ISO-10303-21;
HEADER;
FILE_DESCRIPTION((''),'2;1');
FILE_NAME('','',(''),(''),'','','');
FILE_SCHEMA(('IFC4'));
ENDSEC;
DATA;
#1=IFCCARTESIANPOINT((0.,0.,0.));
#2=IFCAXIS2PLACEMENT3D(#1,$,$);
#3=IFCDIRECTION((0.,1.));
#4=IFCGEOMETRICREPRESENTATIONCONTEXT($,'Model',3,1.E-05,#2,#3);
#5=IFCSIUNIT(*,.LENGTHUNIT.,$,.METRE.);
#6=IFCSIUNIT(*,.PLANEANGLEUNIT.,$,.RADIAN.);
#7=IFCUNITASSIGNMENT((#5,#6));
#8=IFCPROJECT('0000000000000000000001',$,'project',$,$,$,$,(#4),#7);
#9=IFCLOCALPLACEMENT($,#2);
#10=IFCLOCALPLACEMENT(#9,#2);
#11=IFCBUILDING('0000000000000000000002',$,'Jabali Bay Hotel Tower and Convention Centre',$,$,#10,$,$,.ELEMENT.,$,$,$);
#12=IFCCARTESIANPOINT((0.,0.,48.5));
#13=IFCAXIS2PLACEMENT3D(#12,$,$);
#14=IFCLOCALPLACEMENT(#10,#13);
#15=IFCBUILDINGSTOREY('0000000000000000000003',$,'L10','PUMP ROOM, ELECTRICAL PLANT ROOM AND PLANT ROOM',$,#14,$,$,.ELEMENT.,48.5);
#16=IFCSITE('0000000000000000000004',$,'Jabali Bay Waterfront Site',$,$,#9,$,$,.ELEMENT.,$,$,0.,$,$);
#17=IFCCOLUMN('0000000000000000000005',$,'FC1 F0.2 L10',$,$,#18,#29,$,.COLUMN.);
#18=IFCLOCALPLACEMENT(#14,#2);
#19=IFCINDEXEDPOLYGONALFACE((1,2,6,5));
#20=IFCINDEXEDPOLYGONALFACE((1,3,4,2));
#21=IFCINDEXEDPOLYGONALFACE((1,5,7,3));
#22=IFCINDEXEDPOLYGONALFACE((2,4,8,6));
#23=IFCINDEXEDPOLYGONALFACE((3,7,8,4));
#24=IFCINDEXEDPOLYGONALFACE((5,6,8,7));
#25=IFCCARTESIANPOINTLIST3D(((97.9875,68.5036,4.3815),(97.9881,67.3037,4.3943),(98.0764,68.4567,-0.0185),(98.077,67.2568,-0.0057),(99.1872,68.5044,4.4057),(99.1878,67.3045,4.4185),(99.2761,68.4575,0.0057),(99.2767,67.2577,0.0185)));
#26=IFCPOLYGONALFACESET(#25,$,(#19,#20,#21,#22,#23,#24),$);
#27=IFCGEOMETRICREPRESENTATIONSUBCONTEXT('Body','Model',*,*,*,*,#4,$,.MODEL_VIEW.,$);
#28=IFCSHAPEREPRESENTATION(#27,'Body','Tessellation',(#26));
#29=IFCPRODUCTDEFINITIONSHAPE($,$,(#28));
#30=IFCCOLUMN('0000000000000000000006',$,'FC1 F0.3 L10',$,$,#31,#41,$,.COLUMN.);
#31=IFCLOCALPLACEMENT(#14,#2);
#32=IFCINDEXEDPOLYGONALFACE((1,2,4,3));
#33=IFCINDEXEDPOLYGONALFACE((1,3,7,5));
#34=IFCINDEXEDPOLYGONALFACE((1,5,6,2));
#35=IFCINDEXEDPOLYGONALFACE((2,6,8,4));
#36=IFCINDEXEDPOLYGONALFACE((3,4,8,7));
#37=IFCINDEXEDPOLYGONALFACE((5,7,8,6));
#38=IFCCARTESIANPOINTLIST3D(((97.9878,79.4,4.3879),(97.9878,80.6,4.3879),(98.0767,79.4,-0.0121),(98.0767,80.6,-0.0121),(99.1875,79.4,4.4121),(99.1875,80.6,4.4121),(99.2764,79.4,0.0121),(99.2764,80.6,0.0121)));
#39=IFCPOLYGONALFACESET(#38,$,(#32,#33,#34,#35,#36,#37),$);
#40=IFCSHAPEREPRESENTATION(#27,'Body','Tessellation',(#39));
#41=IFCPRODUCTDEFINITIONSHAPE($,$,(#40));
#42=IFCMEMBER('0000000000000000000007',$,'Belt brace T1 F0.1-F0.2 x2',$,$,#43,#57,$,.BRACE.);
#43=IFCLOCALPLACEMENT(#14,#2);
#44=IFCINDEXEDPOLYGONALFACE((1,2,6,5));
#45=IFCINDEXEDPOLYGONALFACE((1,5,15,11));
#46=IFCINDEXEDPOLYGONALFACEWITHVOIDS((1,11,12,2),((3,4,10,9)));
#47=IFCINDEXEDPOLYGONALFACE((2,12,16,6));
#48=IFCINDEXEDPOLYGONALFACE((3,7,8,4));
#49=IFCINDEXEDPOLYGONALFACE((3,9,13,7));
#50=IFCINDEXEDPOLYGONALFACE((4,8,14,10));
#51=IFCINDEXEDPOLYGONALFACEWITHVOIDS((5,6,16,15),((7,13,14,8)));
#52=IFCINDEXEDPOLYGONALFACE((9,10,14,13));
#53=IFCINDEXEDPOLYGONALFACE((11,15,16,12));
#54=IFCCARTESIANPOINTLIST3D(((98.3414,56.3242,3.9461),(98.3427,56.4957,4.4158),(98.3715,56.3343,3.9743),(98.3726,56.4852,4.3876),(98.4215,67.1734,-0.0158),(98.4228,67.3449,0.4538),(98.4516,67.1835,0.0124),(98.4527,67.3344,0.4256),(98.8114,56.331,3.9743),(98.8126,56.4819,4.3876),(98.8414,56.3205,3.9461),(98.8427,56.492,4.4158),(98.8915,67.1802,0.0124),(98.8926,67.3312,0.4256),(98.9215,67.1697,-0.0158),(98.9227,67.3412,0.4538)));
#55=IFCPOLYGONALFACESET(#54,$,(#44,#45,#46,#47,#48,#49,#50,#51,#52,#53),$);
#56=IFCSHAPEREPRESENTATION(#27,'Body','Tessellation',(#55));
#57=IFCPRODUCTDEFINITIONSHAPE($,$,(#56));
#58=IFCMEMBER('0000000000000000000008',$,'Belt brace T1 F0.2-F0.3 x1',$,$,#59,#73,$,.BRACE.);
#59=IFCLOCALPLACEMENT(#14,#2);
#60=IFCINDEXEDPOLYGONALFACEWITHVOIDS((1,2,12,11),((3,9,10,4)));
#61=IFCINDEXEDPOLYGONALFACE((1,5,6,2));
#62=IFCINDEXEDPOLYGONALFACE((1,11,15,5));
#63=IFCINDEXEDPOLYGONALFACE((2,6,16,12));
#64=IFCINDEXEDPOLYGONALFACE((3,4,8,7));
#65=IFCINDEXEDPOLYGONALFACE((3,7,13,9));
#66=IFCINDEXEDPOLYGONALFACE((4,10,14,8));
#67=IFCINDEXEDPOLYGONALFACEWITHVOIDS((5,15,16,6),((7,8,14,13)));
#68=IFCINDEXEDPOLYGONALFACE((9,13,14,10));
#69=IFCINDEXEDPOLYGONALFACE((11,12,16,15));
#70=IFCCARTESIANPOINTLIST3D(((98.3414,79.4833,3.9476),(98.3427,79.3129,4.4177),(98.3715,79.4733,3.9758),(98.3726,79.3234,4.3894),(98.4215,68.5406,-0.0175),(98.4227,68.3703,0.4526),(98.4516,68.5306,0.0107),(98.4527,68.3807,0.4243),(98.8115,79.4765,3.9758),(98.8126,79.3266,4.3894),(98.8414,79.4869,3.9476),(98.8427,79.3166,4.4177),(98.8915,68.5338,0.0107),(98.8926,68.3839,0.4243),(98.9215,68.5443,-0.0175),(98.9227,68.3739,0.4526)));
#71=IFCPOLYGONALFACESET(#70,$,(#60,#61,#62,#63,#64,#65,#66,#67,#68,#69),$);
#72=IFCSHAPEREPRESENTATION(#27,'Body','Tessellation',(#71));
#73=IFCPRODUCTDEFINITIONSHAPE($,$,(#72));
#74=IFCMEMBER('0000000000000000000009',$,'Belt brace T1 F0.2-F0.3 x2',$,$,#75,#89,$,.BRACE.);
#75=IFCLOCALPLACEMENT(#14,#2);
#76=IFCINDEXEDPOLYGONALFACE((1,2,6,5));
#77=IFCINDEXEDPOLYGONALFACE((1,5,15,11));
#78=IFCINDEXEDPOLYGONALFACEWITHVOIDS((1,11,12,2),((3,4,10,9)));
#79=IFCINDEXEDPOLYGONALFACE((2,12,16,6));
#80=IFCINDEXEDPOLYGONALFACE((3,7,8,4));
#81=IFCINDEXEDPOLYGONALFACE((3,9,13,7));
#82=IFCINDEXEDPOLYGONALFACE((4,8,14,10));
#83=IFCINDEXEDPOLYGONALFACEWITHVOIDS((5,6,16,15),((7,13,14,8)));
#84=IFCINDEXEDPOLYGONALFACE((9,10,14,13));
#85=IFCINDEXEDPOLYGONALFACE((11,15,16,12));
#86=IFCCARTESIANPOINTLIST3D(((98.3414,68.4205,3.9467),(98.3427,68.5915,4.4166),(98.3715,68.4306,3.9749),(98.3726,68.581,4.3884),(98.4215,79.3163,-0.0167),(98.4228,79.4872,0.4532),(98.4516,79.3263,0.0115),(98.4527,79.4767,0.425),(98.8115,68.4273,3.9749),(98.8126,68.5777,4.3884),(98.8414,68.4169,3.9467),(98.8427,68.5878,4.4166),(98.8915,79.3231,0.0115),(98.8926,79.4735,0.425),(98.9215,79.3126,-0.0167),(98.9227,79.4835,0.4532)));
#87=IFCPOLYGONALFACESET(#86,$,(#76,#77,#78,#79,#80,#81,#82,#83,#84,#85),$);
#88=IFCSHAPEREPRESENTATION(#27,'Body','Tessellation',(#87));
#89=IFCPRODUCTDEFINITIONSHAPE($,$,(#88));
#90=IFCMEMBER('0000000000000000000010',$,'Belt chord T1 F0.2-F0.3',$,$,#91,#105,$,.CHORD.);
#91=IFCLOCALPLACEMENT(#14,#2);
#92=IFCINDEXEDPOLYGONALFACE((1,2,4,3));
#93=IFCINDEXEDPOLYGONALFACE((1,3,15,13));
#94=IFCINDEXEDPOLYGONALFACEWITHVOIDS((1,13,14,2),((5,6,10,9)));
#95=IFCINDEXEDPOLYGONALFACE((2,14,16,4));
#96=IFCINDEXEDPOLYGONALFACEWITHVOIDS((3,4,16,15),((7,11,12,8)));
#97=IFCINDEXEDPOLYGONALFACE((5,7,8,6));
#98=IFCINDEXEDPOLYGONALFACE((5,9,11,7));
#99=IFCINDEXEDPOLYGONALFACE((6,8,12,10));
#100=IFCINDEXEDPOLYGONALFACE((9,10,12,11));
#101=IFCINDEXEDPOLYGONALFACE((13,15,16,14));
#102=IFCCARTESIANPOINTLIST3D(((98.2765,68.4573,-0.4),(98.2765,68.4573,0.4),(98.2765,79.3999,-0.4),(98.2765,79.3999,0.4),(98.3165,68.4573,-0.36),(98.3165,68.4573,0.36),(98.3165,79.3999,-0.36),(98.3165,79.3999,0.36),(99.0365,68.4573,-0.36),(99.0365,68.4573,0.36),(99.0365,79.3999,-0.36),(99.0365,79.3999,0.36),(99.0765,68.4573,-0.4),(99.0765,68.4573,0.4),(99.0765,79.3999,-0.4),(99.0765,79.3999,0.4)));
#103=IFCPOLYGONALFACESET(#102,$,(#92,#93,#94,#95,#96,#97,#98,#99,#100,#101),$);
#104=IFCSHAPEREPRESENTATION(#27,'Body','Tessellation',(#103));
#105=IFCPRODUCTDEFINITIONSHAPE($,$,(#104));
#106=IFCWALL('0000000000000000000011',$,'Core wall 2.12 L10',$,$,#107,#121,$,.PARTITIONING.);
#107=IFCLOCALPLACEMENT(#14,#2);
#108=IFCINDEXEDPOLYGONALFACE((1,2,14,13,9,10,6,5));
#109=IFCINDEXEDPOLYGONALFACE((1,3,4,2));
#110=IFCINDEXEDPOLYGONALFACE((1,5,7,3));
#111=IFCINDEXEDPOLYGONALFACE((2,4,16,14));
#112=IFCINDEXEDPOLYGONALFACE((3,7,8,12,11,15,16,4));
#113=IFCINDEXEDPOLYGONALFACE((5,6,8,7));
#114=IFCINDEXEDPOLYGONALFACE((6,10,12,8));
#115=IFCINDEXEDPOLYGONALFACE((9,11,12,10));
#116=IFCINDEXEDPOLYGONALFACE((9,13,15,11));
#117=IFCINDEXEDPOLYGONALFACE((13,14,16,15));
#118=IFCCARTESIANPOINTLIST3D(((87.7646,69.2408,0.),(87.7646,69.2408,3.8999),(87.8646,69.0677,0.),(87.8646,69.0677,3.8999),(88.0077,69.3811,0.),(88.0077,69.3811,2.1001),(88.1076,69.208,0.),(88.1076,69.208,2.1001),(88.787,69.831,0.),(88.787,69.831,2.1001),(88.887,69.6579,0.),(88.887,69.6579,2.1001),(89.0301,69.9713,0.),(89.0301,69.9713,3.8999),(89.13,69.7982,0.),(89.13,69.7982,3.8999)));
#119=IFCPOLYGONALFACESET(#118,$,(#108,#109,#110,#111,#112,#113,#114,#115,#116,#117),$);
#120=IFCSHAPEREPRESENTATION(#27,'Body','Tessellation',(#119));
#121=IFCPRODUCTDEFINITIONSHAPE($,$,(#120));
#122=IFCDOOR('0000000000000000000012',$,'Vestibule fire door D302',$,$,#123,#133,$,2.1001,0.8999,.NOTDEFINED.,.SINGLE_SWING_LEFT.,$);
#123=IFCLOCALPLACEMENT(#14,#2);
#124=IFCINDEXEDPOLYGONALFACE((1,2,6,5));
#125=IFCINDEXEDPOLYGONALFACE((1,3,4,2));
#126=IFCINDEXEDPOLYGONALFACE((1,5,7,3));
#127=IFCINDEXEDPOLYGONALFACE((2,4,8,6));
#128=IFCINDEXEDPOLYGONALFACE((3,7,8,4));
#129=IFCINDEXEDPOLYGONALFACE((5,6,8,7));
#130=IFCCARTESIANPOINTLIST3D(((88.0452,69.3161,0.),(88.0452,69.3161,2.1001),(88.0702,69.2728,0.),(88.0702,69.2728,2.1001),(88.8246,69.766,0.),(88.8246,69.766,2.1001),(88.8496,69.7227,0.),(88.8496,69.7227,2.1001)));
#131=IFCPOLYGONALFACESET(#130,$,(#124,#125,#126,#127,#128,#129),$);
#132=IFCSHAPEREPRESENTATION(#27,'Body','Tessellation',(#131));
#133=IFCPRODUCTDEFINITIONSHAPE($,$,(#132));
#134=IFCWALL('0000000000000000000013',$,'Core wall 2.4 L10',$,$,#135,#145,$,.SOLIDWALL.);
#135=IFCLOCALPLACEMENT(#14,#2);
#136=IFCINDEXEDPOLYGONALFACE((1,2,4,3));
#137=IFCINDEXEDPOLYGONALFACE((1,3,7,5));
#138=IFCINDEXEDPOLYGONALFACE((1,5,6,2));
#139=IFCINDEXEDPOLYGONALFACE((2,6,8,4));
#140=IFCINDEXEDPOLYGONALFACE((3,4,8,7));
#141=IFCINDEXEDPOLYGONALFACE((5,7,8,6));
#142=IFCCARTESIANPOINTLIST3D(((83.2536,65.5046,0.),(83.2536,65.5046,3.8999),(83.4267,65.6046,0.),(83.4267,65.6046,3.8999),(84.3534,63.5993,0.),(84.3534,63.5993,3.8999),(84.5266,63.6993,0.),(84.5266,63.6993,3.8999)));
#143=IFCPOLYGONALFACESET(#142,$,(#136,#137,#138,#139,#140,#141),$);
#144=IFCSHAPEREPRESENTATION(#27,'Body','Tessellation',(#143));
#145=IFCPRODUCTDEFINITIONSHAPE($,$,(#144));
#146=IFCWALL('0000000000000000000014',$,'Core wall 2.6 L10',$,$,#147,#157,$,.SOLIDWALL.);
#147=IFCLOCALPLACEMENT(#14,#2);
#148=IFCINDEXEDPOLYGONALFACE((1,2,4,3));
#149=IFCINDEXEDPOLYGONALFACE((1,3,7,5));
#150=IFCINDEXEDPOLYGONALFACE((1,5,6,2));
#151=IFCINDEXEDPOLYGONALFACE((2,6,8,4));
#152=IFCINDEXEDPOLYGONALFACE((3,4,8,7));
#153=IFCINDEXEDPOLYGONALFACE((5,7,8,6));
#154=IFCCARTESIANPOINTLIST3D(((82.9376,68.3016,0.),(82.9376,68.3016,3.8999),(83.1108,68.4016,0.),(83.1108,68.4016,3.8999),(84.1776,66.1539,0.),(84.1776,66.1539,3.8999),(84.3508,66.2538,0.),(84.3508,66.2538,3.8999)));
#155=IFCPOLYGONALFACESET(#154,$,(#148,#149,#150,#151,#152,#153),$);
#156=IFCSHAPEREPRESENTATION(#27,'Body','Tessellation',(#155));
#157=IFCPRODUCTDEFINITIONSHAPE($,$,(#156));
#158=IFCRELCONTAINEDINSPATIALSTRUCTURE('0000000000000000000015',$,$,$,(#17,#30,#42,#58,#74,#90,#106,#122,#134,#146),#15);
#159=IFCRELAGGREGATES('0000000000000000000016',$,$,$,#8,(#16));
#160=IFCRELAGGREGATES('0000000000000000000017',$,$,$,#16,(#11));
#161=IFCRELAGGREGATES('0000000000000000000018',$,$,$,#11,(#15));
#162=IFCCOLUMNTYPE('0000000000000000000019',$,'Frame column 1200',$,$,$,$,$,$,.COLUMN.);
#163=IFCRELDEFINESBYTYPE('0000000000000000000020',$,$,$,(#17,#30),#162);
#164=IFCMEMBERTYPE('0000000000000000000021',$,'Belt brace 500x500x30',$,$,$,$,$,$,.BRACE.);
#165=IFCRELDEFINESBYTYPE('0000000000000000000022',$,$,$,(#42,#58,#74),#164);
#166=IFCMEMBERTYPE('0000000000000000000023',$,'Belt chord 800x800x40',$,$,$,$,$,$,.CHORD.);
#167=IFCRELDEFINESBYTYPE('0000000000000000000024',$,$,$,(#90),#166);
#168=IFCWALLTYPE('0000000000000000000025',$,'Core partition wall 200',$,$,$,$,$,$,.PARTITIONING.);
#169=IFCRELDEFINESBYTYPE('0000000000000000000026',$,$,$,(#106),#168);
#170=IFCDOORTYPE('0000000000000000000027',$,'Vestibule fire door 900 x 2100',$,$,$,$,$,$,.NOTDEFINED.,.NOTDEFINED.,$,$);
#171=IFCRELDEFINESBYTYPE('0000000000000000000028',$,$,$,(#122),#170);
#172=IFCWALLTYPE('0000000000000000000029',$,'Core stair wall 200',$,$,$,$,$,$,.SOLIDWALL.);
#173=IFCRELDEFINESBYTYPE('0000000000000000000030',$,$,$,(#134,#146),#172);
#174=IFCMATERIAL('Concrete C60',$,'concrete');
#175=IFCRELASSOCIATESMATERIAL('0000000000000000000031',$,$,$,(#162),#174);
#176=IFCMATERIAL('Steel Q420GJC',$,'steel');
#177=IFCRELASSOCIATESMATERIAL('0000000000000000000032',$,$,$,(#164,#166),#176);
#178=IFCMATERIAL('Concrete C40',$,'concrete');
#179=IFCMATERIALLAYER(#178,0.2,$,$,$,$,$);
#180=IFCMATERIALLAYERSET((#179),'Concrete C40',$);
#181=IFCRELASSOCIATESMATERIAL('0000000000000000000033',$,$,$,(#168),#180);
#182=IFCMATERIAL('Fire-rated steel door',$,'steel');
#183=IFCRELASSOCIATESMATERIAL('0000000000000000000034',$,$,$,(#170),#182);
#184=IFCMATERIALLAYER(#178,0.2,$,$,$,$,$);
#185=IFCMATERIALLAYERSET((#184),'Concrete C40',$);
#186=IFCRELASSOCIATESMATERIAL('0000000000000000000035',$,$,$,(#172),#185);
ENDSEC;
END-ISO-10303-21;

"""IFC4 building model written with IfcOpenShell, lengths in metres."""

from ifc_helpers import new_model, si_unit, direction, frame, frame_2d, origin, origin_2d, place, context, subcontext, project, spatial, rectangle, hollow_rectangle, extrude, material, layer, layer_set, material_profile, profile_set, type_object, element, fill, save


model = new_model("IFC4")

# Units and contexts
model_context = context("Model", 3, precision=1e-05, world=origin(), true_north=direction((0.0, 1.0)))
body_context = subcontext(model_context, "Body", "Model", "MODEL_VIEW")
ifc_project = project(units=[si_unit("LENGTHUNIT", "METRE"), si_unit("PLANEANGLEUNIT", "RADIAN")], contexts=[model_context])

# Site, building, storey
site_placement = place(None, origin())
site = spatial("IfcSite", under=ifc_project, at=site_placement, Name="Jabali Bay Waterfront Site", CompositionType="ELEMENT", RefElevation=0.0)
building_placement = place(site_placement, origin())
building = spatial("IfcBuilding", under=site, at=building_placement, Name="Jabali Bay Hotel Tower and Convention Centre", CompositionType="ELEMENT")
storey_placement = place(building_placement, frame((0.0, 0.0, 48.5)))
storey = spatial("IfcBuildingStorey", under=building, at=storey_placement, Name="L10", Description="PUMP ROOM, ELECTRICAL PLANT ROOM AND PLANT ROOM", CompositionType="ELEMENT", Elevation=48.5)

# Columns
ifc_material_1 = material(Name="Concrete C60", Category="concrete")
ifc_material_profile_1 = material_profile(ifc_material_1, rectangle(XDim=1.2, YDim=1.2, at=origin_2d()), Name="Frame column 1200")
ifc_profile_set_1 = profile_set([ifc_material_profile_1], Name="Concrete C60")
column_type = type_object("IfcColumnType", Name="Frame column 1200", PredefinedType="COLUMN", material=ifc_profile_set_1)
column_1_placement = place(storey_placement, frame((98.6765, 67.8572, 0.0), z_axis=(-0.020192, 0.010651, 0.999739), x_axis=(0.000496, -0.999943, 0.010663)))
element("IfcColumn", 1, at=column_1_placement, inside=storey, type_object=column_type, Name="FC1 F0.2 L10", PredefinedType="COLUMN", context=body_context, shape_type="SweptSolid", body=[
    extrude(rectangle(XDim=1.2, YDim=1.2, at=origin_2d()), origin(), (0.0, 0.0, 1.0), 4.4011),
])
column_2_placement = place(storey_placement, frame((98.6765, 80.0, 0.0), z_axis=(-0.020193, 0.0, 0.999796), x_axis=(0.0, -1.0, 0.0)))
element("IfcColumn", 2, at=column_2_placement, inside=storey, type_object=column_type, Name="FC1 F0.3 L10", PredefinedType="COLUMN", context=body_context, shape_type="SweptSolid", body=[
    extrude(rectangle(XDim=1.2, YDim=1.2, at=origin_2d()), origin(), (0.0, 0.0, 1.0), 4.4009),
])

# Members
ifc_material_2 = material(Name="Steel Q420GJC", Category="steel")
ifc_material_profile_2 = material_profile(ifc_material_2, hollow_rectangle(XDim=0.5, YDim=0.5, WallThickness=0.03, at=origin_2d()), Name="Belt brace 500x500x30")
ifc_profile_set_2 = profile_set([ifc_material_profile_2], Name="Steel Q420GJC")
member_type_1 = type_object("IfcMemberType", Name="Belt brace 500x500x30", PredefinedType="BRACE", material=ifc_profile_set_2)
member_1_placement = place(storey_placement, frame((98.6721, 67.2573, 0.219), z_axis=(-0.006933, -0.939303, 0.343018), x_axis=(0.999973, -0.007381, 0.0)))
element("IfcMember", 3, at=member_1_placement, inside=storey, type_object=member_type_1, Name="Belt brace T1 F0.1-F0.2 x2", PredefinedType="BRACE", context=body_context, shape_type="SweptSolid", body=[
    extrude(hollow_rectangle(XDim=0.5, YDim=0.5, WallThickness=0.03, at=origin_2d()), origin(), (0.0, 0.0, 1.0), 11.5503),
])
member_2_placement = place(storey_placement, frame((98.6721, 68.4573, 0.2175), z_axis=(-0.00688, 0.940158, 0.340669), x_axis=(-0.999973, -0.007318, 0.0)))
element("IfcMember", 4, at=member_2_placement, inside=storey, type_object=member_type_1, Name="Belt brace T1 F0.2-F0.3 x1", PredefinedType="BRACE", context=body_context, shape_type="SweptSolid", body=[
    extrude(hollow_rectangle(XDim=0.5, YDim=0.5, WallThickness=0.03, at=origin_2d()), origin(), (0.0, 0.0, 1.0), 11.6392),
])
member_3_placement = place(storey_placement, frame((98.6721, 79.3999, 0.2183), z_axis=(-0.006907, -0.939735, 0.341833), x_axis=(0.999973, -0.007349, 0.0)))
element("IfcMember", 5, at=member_3_placement, inside=storey, type_object=member_type_1, Name="Belt brace T1 F0.2-F0.3 x2", PredefinedType="BRACE", context=body_context, shape_type="SweptSolid", body=[
    extrude(hollow_rectangle(XDim=0.5, YDim=0.5, WallThickness=0.03, at=origin_2d()), origin(), (0.0, 0.0, 1.0), 11.5945),
])
ifc_material_profile_3 = material_profile(ifc_material_2, hollow_rectangle(XDim=0.8, YDim=0.8, WallThickness=0.04, at=origin_2d()), Name="Belt chord 800x800x40")
ifc_profile_set_3 = profile_set([ifc_material_profile_3], Name="Steel Q420GJC")
member_type_2 = type_object("IfcMemberType", Name="Belt chord 800x800x40", PredefinedType="CHORD", material=ifc_profile_set_3)
member_4_placement = place(storey_placement, frame((98.6765, 68.4573, 0.0), z_axis=(0.0, 1.0, 0.0), x_axis=(-1.0, 0.0, 0.0)))
element("IfcMember", 6, at=member_4_placement, inside=storey, type_object=member_type_2, Name="Belt chord T1 F0.2-F0.3", PredefinedType="CHORD", context=body_context, shape_type="SweptSolid", body=[
    extrude(hollow_rectangle(XDim=0.8, YDim=0.8, WallThickness=0.04, at=origin_2d()), origin(), (0.0, 0.0, 1.0), 10.9426),
])

# Wall, opening, door
ifc_material_3 = material(Name="Concrete C40", Category="concrete")
ifc_layer_1 = layer(ifc_material_3, 0.2)
ifc_layer_set_1 = layer_set([ifc_layer_1], Name="Concrete C40")
wall_type_1 = type_object("IfcWallType", Name="Core partition wall 200", PredefinedType="PARTITIONING", material=ifc_layer_set_1)
wall_1_placement = place(storey_placement, frame((87.8147, 69.1543, 0.0), z_axis=(0.0, 0.0, 1.0), x_axis=(0.866055, 0.499949, 0.0)))
wall_1 = element("IfcWall", 7, at=wall_1_placement, inside=storey, type_object=wall_type_1, Name="Core wall 2.12 L10", PredefinedType="PARTITIONING", context=body_context, shape_type="SweptSolid", body=[
    extrude(rectangle(XDim=1.4612, YDim=0.2, at=frame_2d((0.7305, 0.0))), origin(), (0.0, 0.0, 1.0), 3.8999),
])
opening_1_placement = place(wall_1_placement, frame((0.2805, 0.0, 0.0)))
opening_1 = element("IfcOpeningElement", 8, at=opening_1_placement, cuts=wall_1, PredefinedType="OPENING", context=body_context, shape_type="SweptSolid", body=[
    extrude(rectangle(XDim=0.8999, YDim=2.1001, at=frame_2d((0.45, 1.05))), frame((0.0, 0.1104, 0.0), z_axis=(0.0, -1.0, 0.0), x_axis=(1.0, 0.0, 0.0)), (0.0, 0.0, 1.0), 0.2209),
])
ifc_material_4 = material(Name="Fire-rated steel door", Category="steel")
door_type_1 = type_object("IfcDoorType", Name="Vestibule fire door 900 x 2100", OperationType="NOTDEFINED", PredefinedType="NOTDEFINED", material=ifc_material_4)
door_1_placement = place(opening_1_placement, origin())
door_1 = element("IfcDoor", 9, at=door_1_placement, inside=storey, type_object=door_type_1, Name="Vestibule fire door D302", OperationType="SINGLE_SWING_LEFT", OverallHeight=2.1001, OverallWidth=0.8999, PredefinedType="NOTDEFINED", context=body_context, shape_type="SweptSolid", body=[
    extrude(rectangle(XDim=0.8999, YDim=2.1001, at=frame_2d((0.45, 1.05))), frame((0.0, 0.0249, 0.0), z_axis=(0.0, -1.0, 0.0), x_axis=(1.0, 0.0, 0.0)), (0.0, 0.0, 1.0), 0.05),
])
fill(opening_1, door_1)

# Walls
ifc_layer_2 = layer(ifc_material_3, 0.2)
ifc_layer_set_2 = layer_set([ifc_layer_2], Name="Concrete C40")
wall_type_2 = type_object("IfcWallType", Name="Core stair wall 200", PredefinedType="SOLIDWALL", material=ifc_layer_set_2)
wall_2_placement = place(storey_placement, frame((83.3401, 65.5547, 0.0), z_axis=(0.0, 0.0, 1.0), x_axis=(0.499947, -0.866056, 0.0)))
element("IfcWall", 10, at=wall_2_placement, inside=storey, type_object=wall_type_2, Name="Core wall 2.4 L10", PredefinedType="SOLIDWALL", context=body_context, shape_type="SweptSolid", body=[
    extrude(rectangle(XDim=2.2, YDim=0.2, at=frame_2d((1.1001, 0.0))), origin(), (0.0, 0.0, 1.0), 3.8999),
])
wall_3_placement = place(storey_placement, frame((83.0242, 68.3516, 0.0), z_axis=(0.0, 0.0, 1.0), x_axis=(0.500004, -0.866023, 0.0)))
element("IfcWall", 11, at=wall_3_placement, inside=storey, type_object=wall_type_2, Name="Core wall 2.6 L10", PredefinedType="SOLIDWALL", context=body_context, shape_type="SweptSolid", body=[
    extrude(rectangle(XDim=2.48, YDim=0.2, at=frame_2d((1.24, 0.0))), origin(), (0.0, 0.0, 1.0), 3.8999),
])

save(model, "model.ifc")
